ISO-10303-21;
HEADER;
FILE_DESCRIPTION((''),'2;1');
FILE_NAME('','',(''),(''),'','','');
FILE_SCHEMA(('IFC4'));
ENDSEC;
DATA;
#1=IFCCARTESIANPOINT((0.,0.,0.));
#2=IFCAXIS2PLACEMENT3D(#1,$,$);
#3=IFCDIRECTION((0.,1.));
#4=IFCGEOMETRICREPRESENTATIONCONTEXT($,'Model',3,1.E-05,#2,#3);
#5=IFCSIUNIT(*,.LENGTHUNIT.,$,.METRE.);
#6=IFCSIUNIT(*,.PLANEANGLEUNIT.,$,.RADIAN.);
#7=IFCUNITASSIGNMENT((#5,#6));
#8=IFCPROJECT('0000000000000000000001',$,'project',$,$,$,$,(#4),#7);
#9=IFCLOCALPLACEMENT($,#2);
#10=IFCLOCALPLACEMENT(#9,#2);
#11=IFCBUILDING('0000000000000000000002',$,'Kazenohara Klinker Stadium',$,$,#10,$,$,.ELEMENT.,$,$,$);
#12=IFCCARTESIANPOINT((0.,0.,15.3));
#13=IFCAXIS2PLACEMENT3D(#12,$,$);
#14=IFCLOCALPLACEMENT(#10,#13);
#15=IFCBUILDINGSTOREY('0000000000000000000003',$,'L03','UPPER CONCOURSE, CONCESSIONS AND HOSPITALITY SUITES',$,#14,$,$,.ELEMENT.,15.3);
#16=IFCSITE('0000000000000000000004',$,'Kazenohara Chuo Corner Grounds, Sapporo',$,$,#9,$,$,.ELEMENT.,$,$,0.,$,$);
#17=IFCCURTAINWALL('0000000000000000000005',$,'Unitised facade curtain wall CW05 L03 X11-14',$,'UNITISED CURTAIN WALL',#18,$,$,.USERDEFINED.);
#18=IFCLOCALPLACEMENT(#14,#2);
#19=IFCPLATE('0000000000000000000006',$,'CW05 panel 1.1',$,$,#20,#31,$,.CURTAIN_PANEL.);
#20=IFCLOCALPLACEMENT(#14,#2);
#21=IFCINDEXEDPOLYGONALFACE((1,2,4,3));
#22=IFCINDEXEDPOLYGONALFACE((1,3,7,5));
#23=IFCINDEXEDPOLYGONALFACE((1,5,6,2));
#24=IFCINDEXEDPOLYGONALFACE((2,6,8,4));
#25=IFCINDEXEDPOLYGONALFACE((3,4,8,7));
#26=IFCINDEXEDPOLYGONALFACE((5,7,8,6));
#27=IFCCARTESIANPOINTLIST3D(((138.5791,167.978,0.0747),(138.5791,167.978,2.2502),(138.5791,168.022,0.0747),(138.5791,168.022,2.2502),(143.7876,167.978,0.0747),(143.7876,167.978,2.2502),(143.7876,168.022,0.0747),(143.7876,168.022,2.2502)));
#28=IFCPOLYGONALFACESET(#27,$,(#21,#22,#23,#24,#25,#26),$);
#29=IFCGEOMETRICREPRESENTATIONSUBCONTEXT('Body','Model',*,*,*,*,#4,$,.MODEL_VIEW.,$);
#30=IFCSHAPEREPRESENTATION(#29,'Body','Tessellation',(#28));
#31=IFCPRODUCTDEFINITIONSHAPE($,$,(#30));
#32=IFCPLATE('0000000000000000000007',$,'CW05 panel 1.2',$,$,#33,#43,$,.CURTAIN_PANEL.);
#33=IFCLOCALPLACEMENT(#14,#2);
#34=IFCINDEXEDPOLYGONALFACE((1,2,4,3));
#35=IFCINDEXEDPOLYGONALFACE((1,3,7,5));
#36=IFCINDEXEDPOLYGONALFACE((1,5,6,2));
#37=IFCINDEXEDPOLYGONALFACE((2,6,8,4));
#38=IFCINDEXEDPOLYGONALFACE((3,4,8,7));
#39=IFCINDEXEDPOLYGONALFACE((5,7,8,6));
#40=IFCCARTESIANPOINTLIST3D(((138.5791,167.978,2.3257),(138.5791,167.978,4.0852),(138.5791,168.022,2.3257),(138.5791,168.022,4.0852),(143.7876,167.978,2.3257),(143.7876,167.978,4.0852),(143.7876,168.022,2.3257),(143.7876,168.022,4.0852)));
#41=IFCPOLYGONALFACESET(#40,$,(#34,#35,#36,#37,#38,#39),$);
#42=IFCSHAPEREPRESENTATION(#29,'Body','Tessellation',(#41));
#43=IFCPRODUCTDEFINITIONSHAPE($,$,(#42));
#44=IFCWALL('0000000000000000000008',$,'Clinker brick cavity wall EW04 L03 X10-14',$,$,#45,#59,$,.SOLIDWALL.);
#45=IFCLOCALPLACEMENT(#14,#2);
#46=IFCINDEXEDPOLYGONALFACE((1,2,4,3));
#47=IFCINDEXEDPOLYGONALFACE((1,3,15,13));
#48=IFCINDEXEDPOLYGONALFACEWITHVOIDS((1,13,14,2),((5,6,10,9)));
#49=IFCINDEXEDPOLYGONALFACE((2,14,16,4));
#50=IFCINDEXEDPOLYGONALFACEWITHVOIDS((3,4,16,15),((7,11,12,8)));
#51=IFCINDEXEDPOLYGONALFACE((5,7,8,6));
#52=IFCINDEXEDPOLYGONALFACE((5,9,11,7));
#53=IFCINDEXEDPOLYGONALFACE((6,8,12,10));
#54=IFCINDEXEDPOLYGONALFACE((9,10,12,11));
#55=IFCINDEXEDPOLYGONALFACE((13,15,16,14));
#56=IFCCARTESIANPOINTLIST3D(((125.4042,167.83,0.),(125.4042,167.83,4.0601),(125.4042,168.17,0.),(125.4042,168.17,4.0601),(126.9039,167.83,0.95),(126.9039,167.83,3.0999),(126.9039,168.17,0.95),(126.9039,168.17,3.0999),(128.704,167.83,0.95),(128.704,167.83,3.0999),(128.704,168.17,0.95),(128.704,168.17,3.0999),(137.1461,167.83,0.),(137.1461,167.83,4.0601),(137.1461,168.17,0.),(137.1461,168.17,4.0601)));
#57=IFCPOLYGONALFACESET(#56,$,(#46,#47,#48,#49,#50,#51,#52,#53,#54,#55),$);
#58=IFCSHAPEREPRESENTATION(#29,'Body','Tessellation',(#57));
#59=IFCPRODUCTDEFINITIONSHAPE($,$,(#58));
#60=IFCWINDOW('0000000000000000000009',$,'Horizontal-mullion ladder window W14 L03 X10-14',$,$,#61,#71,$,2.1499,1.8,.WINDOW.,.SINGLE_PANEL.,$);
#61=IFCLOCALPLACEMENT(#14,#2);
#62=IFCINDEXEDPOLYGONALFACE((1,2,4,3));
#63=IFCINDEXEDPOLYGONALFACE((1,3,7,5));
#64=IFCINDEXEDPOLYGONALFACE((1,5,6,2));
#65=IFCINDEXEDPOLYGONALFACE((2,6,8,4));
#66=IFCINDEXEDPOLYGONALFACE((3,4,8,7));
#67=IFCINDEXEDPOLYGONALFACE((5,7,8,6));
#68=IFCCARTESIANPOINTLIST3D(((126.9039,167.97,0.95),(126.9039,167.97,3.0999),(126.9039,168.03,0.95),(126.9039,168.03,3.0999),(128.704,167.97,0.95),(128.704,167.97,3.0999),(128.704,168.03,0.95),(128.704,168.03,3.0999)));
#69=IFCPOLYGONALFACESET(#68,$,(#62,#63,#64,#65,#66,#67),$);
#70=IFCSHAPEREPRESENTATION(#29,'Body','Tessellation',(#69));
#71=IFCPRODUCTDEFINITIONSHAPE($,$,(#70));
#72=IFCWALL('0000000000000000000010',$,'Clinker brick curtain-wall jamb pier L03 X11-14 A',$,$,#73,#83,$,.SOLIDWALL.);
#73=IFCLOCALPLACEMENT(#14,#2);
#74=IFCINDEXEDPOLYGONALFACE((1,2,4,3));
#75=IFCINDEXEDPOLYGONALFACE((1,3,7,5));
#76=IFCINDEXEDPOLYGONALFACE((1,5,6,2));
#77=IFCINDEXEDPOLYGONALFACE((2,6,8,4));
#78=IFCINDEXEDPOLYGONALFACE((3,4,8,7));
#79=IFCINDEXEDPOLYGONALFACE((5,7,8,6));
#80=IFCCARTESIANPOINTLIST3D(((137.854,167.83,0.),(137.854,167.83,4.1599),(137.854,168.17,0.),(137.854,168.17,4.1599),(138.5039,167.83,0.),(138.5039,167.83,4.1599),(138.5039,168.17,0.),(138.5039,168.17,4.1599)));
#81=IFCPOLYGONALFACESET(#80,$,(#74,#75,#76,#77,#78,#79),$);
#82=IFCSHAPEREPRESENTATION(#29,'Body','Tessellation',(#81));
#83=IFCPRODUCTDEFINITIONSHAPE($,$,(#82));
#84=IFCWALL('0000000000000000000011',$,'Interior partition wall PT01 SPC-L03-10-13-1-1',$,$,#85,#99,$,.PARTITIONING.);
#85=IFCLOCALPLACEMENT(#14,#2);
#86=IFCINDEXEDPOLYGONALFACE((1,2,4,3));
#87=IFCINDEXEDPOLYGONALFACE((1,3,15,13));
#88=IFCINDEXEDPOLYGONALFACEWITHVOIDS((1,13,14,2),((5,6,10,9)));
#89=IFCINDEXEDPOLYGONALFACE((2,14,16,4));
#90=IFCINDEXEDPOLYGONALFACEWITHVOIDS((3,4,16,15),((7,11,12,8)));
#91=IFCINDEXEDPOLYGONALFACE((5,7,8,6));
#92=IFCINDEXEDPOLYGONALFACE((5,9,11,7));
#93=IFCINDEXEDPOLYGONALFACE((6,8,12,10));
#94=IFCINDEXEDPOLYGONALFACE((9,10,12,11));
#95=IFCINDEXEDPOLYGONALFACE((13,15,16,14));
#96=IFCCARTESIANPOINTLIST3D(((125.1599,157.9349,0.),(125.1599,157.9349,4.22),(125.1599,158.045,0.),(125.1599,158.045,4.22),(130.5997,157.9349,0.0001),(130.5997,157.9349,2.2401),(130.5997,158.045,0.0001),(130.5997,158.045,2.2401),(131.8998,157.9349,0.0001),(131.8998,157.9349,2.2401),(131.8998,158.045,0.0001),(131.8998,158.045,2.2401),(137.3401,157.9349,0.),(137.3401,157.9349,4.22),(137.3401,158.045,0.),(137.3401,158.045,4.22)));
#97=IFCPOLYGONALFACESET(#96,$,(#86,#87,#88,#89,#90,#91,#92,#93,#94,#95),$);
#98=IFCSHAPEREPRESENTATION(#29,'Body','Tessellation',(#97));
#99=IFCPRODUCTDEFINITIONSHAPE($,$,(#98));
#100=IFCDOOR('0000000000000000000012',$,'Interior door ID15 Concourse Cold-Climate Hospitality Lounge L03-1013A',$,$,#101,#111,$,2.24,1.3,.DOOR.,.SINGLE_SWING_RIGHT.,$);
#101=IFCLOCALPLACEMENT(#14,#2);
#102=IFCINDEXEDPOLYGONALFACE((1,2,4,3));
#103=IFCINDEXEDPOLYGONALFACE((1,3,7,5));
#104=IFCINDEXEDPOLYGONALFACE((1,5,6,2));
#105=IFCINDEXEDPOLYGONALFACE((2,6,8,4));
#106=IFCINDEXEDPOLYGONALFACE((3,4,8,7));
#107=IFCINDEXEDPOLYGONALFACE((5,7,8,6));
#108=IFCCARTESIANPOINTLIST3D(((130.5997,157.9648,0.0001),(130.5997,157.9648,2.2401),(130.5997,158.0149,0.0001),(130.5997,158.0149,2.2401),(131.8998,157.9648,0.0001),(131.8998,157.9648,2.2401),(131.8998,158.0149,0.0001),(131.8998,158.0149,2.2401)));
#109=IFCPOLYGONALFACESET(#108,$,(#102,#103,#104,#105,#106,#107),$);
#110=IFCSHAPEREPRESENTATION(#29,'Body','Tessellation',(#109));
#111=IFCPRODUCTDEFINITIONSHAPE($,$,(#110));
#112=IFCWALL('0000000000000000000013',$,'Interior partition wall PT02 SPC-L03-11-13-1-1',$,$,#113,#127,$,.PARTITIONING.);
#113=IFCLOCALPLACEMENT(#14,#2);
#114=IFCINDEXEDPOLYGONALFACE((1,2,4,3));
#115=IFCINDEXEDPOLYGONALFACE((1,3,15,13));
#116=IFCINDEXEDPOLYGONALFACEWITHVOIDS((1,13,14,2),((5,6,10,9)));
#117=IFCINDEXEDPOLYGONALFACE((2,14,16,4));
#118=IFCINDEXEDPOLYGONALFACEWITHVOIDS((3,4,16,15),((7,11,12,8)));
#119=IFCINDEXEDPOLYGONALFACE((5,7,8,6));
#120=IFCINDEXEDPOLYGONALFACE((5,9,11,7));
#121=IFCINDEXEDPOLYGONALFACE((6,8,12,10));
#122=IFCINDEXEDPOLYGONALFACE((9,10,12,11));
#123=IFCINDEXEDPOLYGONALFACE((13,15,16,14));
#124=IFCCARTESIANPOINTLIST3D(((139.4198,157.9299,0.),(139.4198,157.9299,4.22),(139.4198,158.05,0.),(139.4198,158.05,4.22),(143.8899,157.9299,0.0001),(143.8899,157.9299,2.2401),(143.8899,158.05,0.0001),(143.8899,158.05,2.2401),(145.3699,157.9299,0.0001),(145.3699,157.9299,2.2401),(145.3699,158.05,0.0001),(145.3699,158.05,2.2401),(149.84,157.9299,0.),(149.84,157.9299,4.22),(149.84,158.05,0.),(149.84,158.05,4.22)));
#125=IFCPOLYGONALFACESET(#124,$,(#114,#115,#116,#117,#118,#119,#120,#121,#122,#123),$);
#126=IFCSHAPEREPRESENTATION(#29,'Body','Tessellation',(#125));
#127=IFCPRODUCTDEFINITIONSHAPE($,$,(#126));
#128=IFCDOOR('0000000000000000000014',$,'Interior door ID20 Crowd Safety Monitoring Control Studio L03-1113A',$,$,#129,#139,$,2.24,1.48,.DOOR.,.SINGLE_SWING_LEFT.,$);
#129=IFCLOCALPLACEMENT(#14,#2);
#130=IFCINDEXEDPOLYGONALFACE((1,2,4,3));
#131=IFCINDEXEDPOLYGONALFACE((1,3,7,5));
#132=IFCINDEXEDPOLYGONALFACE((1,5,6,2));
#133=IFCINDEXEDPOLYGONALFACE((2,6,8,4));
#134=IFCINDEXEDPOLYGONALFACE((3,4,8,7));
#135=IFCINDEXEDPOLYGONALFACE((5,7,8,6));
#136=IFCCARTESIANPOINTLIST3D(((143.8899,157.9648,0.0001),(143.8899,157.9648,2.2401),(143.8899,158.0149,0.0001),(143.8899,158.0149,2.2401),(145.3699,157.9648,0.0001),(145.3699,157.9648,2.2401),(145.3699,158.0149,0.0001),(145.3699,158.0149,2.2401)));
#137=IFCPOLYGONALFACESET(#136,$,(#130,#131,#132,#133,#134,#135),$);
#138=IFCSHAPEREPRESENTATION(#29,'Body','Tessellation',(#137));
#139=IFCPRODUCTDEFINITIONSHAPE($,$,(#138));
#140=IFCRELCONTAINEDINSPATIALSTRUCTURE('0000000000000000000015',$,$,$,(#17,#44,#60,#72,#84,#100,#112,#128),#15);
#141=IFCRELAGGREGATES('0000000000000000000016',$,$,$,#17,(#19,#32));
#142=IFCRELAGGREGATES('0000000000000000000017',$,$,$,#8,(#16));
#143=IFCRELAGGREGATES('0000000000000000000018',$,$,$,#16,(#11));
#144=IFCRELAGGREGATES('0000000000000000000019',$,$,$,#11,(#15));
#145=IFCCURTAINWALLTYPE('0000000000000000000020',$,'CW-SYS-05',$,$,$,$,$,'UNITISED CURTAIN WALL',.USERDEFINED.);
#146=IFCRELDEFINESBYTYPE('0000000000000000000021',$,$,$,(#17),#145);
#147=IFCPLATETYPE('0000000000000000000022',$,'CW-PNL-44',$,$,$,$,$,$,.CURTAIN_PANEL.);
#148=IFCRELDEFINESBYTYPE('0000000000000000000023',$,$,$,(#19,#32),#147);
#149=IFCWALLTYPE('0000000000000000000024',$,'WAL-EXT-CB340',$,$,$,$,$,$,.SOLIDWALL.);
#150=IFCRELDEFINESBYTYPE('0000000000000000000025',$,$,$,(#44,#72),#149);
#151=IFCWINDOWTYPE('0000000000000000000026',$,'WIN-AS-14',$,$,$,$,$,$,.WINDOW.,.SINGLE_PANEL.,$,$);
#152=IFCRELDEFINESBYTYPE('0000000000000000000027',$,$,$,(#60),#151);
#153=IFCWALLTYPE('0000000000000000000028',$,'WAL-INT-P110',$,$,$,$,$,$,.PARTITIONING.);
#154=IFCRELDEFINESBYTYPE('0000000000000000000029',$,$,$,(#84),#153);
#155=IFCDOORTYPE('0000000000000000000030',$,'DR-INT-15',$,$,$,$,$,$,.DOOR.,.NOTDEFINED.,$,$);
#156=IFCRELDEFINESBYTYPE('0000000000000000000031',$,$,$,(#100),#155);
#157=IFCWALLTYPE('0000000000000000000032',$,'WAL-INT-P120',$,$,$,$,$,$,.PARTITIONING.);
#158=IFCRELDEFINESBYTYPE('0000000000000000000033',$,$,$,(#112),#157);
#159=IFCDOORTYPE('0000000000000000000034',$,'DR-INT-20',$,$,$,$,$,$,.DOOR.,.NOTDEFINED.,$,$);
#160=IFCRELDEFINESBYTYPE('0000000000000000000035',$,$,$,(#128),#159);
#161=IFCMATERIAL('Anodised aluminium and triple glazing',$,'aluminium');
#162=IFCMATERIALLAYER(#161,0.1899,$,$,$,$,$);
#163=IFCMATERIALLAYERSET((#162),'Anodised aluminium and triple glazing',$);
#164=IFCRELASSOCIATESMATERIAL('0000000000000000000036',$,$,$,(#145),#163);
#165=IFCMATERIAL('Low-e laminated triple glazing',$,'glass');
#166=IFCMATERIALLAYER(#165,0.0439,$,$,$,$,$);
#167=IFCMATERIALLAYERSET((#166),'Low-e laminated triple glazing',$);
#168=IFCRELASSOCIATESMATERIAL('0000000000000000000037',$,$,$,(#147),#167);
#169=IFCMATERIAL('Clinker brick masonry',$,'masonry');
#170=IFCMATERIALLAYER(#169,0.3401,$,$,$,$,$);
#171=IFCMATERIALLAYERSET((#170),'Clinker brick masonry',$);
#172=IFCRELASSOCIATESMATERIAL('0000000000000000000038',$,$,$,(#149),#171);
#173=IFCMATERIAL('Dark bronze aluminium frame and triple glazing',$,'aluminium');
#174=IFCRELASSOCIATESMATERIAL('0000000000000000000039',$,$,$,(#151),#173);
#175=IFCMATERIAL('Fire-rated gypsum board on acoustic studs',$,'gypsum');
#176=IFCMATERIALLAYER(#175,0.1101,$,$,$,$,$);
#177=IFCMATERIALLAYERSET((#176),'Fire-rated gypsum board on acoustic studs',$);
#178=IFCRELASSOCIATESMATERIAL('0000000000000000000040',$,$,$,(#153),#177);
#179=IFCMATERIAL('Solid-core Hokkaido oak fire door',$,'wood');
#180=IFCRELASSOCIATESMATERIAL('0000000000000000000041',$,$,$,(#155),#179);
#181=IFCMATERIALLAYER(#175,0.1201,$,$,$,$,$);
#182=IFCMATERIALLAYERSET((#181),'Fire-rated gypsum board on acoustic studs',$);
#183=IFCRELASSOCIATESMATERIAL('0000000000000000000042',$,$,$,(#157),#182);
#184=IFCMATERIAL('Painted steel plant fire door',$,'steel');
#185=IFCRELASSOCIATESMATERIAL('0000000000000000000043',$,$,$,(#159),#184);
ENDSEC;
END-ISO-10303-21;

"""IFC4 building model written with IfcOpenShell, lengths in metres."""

from ifc_helpers import new_model, si_unit, direction, frame, frame_2d, origin, origin_2d, place, context, subcontext, project, spatial, rectangle, extrude, material, layer, layer_set, type_object, element, fill, aggregate, save


model = new_model("IFC4")

# Units and contexts
model_context = context("Model", 3, precision=1e-05, world=origin(), true_north=direction((0.0, 1.0)))
body_context = subcontext(model_context, "Body", "Model", "MODEL_VIEW")
ifc_project = project(units=[si_unit("LENGTHUNIT", "METRE"), si_unit("PLANEANGLEUNIT", "RADIAN")], contexts=[model_context])

# Site, building, storey
site_placement = place(None, origin())
site = spatial("IfcSite", under=ifc_project, at=site_placement, Name="Kazenohara Chuo Corner Grounds, Sapporo", CompositionType="ELEMENT", RefElevation=0.0)
building_placement = place(site_placement, origin())
building = spatial("IfcBuilding", under=site, at=building_placement, Name="Kazenohara Klinker Stadium", CompositionType="ELEMENT")
storey_placement = place(building_placement, frame((0.0, 0.0, 15.3)))
storey = spatial("IfcBuildingStorey", under=building, at=storey_placement, Name="L03", Description="UPPER CONCOURSE, CONCESSIONS AND HOSPITALITY SUITES", CompositionType="ELEMENT", Elevation=15.3)

# Curtain wall, plates
ifc_material_1 = material(Name="Anodised aluminium and triple glazing", Category="aluminium")
ifc_layer_1 = layer(ifc_material_1, 0.1899)
ifc_layer_set_1 = layer_set([ifc_layer_1], Name="Anodised aluminium and triple glazing")
curtain_wall_type = type_object("IfcCurtainWallType", Name="CW-SYS-05", ElementType="UNITISED CURTAIN WALL", PredefinedType="USERDEFINED", material=ifc_layer_set_1)
curtain_wall_placement = place(storey_placement, origin())
curtain_wall = element("IfcCurtainWall", 1, at=curtain_wall_placement, inside=storey, type_object=curtain_wall_type, Name="Unitised facade curtain wall CW05 L03 X11-14", ObjectType="UNITISED CURTAIN WALL", PredefinedType="USERDEFINED")
ifc_material_2 = material(Name="Low-e laminated triple glazing", Category="glass")
ifc_layer_2 = layer(ifc_material_2, 0.0439)
ifc_layer_set_2 = layer_set([ifc_layer_2], Name="Low-e laminated triple glazing")
plate_type = type_object("IfcPlateType", Name="CW-PNL-44", PredefinedType="CURTAIN_PANEL", material=ifc_layer_set_2)
plate_1_placement = place(storey_placement, frame((141.1833, 168.0, 0.0747), z_axis=(0.0, 0.0, 1.0), x_axis=(1.0, 0.0, 0.0)))
plate_1 = element("IfcPlate", 2, at=plate_1_placement, type_object=plate_type, Name="CW05 panel 1.1", PredefinedType="CURTAIN_PANEL", context=body_context, shape_type="SweptSolid", body=[
    extrude(rectangle(XDim=5.2085, YDim=0.0439, at=origin_2d()), origin(), (0.0, 0.0, 1.0), 2.1755),
])
plate_2_placement = place(storey_placement, frame((141.1833, 168.0, 2.3257), z_axis=(0.0, 0.0, 1.0), x_axis=(1.0, 0.0, 0.0)))
plate_2 = element("IfcPlate", 3, at=plate_2_placement, type_object=plate_type, Name="CW05 panel 1.2", PredefinedType="CURTAIN_PANEL", context=body_context, shape_type="SweptSolid", body=[
    extrude(rectangle(XDim=5.2085, YDim=0.0439, at=origin_2d()), origin(), (0.0, 0.0, 1.0), 1.7595),
])
aggregate(curtain_wall, [plate_1, plate_2])

# Wall, opening, window
ifc_material_3 = material(Name="Clinker brick masonry", Category="masonry")
ifc_layer_3 = layer(ifc_material_3, 0.3401)
ifc_layer_set_3 = layer_set([ifc_layer_3], Name="Clinker brick masonry")
wall_type_1 = type_object("IfcWallType", Name="WAL-EXT-CB340", PredefinedType="SOLIDWALL", material=ifc_layer_set_3)
wall_1_placement = place(storey_placement, frame((125.4041, 168.0, 0.0), z_axis=(0.0, 0.0, 1.0), x_axis=(1.0, 0.0, 0.0)))
wall_1 = element("IfcWall", 4, at=wall_1_placement, inside=storey, type_object=wall_type_1, Name="Clinker brick cavity wall EW04 L03 X10-14", PredefinedType="SOLIDWALL", context=body_context, shape_type="SweptSolid", body=[
    extrude(rectangle(XDim=11.7419, YDim=0.3401, at=frame_2d((5.8711, 0.0))), origin(), (0.0, 0.0, 1.0), 4.0601),
])
opening_1_placement = place(wall_1_placement, frame((1.5, 0.0, 0.95)))
opening_1 = element("IfcOpeningElement", 5, at=opening_1_placement, cuts=wall_1, PredefinedType="OPENING", context=body_context, shape_type="SweptSolid", body=[
    extrude(rectangle(XDim=1.8, YDim=2.1499, at=frame_2d((0.8999, 1.075))), frame((0.0, 0.1802, 0.0), z_axis=(0.0, -1.0, 0.0), x_axis=(1.0, 0.0, 0.0)), (0.0, 0.0, 1.0), 0.3601),
])
ifc_material_4 = material(Name="Dark bronze aluminium frame and triple glazing", Category="aluminium")
window_type = type_object("IfcWindowType", Name="WIN-AS-14", PartitioningType="SINGLE_PANEL", PredefinedType="WINDOW", material=ifc_material_4)
window_placement = place(opening_1_placement, origin())
window = element("IfcWindow", 6, at=window_placement, inside=storey, type_object=window_type, Name="Horizontal-mullion ladder window W14 L03 X10-14", OverallHeight=2.1499, OverallWidth=1.8, PartitioningType="SINGLE_PANEL", PredefinedType="WINDOW", context=body_context, shape_type="SweptSolid", body=[
    extrude(rectangle(XDim=1.8, YDim=2.1499, at=frame_2d((0.8999, 1.075))), frame((0.0, 0.03, 0.0), z_axis=(0.0, -1.0, 0.0), x_axis=(1.0, 0.0, 0.0)), (0.0, 0.0, 1.0), 0.0601),
])
fill(opening_1, window)

# Wall
wall_2_placement = place(storey_placement, frame((137.854, 168.0, 0.0), z_axis=(0.0, 0.0, 1.0), x_axis=(1.0, 0.0, 0.0)))
element("IfcWall", 7, at=wall_2_placement, inside=storey, type_object=wall_type_1, Name="Clinker brick curtain-wall jamb pier L03 X11-14 A", PredefinedType="SOLIDWALL", context=body_context, shape_type="SweptSolid", body=[
    extrude(rectangle(XDim=0.6499, YDim=0.3401, at=frame_2d((0.325, 0.0))), origin(), (0.0, 0.0, 1.0), 4.1599),
])

# Walls, openings, doors
ifc_material_5 = material(Name="Fire-rated gypsum board on acoustic studs", Category="gypsum")
ifc_layer_4 = layer(ifc_material_5, 0.1101)
ifc_layer_set_4 = layer_set([ifc_layer_4], Name="Fire-rated gypsum board on acoustic studs")
wall_type_2 = type_object("IfcWallType", Name="WAL-INT-P110", PredefinedType="PARTITIONING", material=ifc_layer_set_4)
wall_3_placement = place(storey_placement, frame((125.1599, 157.99, 0.0), z_axis=(0.0, 0.0, 1.0), x_axis=(1.0, 0.0, 0.0)))
wall_3 = element("IfcWall", 8, at=wall_3_placement, inside=storey, type_object=wall_type_2, Name="Interior partition wall PT01 SPC-L03-10-13-1-1", PredefinedType="PARTITIONING", context=body_context, shape_type="SweptSolid", body=[
    extrude(rectangle(XDim=12.1802, YDim=0.1101, at=frame_2d((6.0901, 0.0))), origin(), (0.0, 0.0, 1.0), 4.22),
])
opening_2_placement = place(wall_3_placement, frame((5.4399, 0.0, 0.0)))
opening_2 = element("IfcOpeningElement", 9, at=opening_2_placement, cuts=wall_3, PredefinedType="OPENING", context=body_context, shape_type="SweptSolid", body=[
    extrude(rectangle(XDim=1.3, YDim=2.24, at=frame_2d((0.6499, 1.1201))), frame((0.0, 0.0649, 0.0), z_axis=(0.0, -1.0, 0.0), x_axis=(1.0, 0.0, 0.0)), (0.0, 0.0, 1.0), 0.1301),
])
ifc_material_6 = material(Name="Solid-core Hokkaido oak fire door", Category="wood")
door_type_1 = type_object("IfcDoorType", Name="DR-INT-15", OperationType="NOTDEFINED", PredefinedType="DOOR", material=ifc_material_6)
door_1_placement = place(opening_2_placement, origin())
door_1 = element("IfcDoor", 10, at=door_1_placement, inside=storey, type_object=door_type_1, Name="Interior door ID15 Concourse Cold-Climate Hospitality Lounge L03-1013A", OperationType="SINGLE_SWING_RIGHT", OverallHeight=2.24, OverallWidth=1.3, PredefinedType="DOOR", context=body_context, shape_type="SweptSolid", body=[
    extrude(rectangle(XDim=1.3, YDim=2.24, at=frame_2d((0.6499, 1.1201))), frame((0.0, 0.0249, 0.0), z_axis=(0.0, -1.0, 0.0), x_axis=(1.0, 0.0, 0.0)), (0.0, 0.0, 1.0), 0.05),
])
fill(opening_2, door_1)
ifc_layer_5 = layer(ifc_material_5, 0.1201)
ifc_layer_set_5 = layer_set([ifc_layer_5], Name="Fire-rated gypsum board on acoustic studs")
wall_type_3 = type_object("IfcWallType", Name="WAL-INT-P120", PredefinedType="PARTITIONING", material=ifc_layer_set_5)
wall_4_placement = place(storey_placement, frame((139.4199, 157.99, 0.0), z_axis=(0.0, 0.0, 1.0), x_axis=(1.0, 0.0, 0.0)))
wall_4 = element("IfcWall", 11, at=wall_4_placement, inside=storey, type_object=wall_type_3, Name="Interior partition wall PT02 SPC-L03-11-13-1-1", PredefinedType="PARTITIONING", context=body_context, shape_type="SweptSolid", body=[
    extrude(rectangle(XDim=10.4202, YDim=0.1201, at=frame_2d((5.21, 0.0))), origin(), (0.0, 0.0, 1.0), 4.22),
])
opening_3_placement = place(wall_4_placement, frame((4.47, 0.0, 0.0)))
opening_3 = element("IfcOpeningElement", 12, at=opening_3_placement, cuts=wall_4, PredefinedType="OPENING", context=body_context, shape_type="SweptSolid", body=[
    extrude(rectangle(XDim=1.48, YDim=2.24, at=frame_2d((0.74, 1.1201))), frame((0.0, 0.0701, 0.0), z_axis=(0.0, -1.0, 0.0), x_axis=(1.0, 0.0, 0.0)), (0.0, 0.0, 1.0), 0.1401),
])
ifc_material_7 = material(Name="Painted steel plant fire door", Category="steel")
door_type_2 = type_object("IfcDoorType", Name="DR-INT-20", OperationType="NOTDEFINED", PredefinedType="DOOR", material=ifc_material_7)
door_2_placement = place(opening_3_placement, origin())
door_2 = element("IfcDoor", 13, at=door_2_placement, inside=storey, type_object=door_type_2, Name="Interior door ID20 Crowd Safety Monitoring Control Studio L03-1113A", OperationType="SINGLE_SWING_LEFT", OverallHeight=2.24, OverallWidth=1.48, PredefinedType="DOOR", context=body_context, shape_type="SweptSolid", body=[
    extrude(rectangle(XDim=1.48, YDim=2.24, at=frame_2d((0.74, 1.1201))), frame((0.0, 0.0249, 0.0), z_axis=(0.0, -1.0, 0.0), x_axis=(1.0, 0.0, 0.0)), (0.0, 0.0, 1.0), 0.05),
])
fill(opening_3, door_2)

save(model, "model.ifc")
